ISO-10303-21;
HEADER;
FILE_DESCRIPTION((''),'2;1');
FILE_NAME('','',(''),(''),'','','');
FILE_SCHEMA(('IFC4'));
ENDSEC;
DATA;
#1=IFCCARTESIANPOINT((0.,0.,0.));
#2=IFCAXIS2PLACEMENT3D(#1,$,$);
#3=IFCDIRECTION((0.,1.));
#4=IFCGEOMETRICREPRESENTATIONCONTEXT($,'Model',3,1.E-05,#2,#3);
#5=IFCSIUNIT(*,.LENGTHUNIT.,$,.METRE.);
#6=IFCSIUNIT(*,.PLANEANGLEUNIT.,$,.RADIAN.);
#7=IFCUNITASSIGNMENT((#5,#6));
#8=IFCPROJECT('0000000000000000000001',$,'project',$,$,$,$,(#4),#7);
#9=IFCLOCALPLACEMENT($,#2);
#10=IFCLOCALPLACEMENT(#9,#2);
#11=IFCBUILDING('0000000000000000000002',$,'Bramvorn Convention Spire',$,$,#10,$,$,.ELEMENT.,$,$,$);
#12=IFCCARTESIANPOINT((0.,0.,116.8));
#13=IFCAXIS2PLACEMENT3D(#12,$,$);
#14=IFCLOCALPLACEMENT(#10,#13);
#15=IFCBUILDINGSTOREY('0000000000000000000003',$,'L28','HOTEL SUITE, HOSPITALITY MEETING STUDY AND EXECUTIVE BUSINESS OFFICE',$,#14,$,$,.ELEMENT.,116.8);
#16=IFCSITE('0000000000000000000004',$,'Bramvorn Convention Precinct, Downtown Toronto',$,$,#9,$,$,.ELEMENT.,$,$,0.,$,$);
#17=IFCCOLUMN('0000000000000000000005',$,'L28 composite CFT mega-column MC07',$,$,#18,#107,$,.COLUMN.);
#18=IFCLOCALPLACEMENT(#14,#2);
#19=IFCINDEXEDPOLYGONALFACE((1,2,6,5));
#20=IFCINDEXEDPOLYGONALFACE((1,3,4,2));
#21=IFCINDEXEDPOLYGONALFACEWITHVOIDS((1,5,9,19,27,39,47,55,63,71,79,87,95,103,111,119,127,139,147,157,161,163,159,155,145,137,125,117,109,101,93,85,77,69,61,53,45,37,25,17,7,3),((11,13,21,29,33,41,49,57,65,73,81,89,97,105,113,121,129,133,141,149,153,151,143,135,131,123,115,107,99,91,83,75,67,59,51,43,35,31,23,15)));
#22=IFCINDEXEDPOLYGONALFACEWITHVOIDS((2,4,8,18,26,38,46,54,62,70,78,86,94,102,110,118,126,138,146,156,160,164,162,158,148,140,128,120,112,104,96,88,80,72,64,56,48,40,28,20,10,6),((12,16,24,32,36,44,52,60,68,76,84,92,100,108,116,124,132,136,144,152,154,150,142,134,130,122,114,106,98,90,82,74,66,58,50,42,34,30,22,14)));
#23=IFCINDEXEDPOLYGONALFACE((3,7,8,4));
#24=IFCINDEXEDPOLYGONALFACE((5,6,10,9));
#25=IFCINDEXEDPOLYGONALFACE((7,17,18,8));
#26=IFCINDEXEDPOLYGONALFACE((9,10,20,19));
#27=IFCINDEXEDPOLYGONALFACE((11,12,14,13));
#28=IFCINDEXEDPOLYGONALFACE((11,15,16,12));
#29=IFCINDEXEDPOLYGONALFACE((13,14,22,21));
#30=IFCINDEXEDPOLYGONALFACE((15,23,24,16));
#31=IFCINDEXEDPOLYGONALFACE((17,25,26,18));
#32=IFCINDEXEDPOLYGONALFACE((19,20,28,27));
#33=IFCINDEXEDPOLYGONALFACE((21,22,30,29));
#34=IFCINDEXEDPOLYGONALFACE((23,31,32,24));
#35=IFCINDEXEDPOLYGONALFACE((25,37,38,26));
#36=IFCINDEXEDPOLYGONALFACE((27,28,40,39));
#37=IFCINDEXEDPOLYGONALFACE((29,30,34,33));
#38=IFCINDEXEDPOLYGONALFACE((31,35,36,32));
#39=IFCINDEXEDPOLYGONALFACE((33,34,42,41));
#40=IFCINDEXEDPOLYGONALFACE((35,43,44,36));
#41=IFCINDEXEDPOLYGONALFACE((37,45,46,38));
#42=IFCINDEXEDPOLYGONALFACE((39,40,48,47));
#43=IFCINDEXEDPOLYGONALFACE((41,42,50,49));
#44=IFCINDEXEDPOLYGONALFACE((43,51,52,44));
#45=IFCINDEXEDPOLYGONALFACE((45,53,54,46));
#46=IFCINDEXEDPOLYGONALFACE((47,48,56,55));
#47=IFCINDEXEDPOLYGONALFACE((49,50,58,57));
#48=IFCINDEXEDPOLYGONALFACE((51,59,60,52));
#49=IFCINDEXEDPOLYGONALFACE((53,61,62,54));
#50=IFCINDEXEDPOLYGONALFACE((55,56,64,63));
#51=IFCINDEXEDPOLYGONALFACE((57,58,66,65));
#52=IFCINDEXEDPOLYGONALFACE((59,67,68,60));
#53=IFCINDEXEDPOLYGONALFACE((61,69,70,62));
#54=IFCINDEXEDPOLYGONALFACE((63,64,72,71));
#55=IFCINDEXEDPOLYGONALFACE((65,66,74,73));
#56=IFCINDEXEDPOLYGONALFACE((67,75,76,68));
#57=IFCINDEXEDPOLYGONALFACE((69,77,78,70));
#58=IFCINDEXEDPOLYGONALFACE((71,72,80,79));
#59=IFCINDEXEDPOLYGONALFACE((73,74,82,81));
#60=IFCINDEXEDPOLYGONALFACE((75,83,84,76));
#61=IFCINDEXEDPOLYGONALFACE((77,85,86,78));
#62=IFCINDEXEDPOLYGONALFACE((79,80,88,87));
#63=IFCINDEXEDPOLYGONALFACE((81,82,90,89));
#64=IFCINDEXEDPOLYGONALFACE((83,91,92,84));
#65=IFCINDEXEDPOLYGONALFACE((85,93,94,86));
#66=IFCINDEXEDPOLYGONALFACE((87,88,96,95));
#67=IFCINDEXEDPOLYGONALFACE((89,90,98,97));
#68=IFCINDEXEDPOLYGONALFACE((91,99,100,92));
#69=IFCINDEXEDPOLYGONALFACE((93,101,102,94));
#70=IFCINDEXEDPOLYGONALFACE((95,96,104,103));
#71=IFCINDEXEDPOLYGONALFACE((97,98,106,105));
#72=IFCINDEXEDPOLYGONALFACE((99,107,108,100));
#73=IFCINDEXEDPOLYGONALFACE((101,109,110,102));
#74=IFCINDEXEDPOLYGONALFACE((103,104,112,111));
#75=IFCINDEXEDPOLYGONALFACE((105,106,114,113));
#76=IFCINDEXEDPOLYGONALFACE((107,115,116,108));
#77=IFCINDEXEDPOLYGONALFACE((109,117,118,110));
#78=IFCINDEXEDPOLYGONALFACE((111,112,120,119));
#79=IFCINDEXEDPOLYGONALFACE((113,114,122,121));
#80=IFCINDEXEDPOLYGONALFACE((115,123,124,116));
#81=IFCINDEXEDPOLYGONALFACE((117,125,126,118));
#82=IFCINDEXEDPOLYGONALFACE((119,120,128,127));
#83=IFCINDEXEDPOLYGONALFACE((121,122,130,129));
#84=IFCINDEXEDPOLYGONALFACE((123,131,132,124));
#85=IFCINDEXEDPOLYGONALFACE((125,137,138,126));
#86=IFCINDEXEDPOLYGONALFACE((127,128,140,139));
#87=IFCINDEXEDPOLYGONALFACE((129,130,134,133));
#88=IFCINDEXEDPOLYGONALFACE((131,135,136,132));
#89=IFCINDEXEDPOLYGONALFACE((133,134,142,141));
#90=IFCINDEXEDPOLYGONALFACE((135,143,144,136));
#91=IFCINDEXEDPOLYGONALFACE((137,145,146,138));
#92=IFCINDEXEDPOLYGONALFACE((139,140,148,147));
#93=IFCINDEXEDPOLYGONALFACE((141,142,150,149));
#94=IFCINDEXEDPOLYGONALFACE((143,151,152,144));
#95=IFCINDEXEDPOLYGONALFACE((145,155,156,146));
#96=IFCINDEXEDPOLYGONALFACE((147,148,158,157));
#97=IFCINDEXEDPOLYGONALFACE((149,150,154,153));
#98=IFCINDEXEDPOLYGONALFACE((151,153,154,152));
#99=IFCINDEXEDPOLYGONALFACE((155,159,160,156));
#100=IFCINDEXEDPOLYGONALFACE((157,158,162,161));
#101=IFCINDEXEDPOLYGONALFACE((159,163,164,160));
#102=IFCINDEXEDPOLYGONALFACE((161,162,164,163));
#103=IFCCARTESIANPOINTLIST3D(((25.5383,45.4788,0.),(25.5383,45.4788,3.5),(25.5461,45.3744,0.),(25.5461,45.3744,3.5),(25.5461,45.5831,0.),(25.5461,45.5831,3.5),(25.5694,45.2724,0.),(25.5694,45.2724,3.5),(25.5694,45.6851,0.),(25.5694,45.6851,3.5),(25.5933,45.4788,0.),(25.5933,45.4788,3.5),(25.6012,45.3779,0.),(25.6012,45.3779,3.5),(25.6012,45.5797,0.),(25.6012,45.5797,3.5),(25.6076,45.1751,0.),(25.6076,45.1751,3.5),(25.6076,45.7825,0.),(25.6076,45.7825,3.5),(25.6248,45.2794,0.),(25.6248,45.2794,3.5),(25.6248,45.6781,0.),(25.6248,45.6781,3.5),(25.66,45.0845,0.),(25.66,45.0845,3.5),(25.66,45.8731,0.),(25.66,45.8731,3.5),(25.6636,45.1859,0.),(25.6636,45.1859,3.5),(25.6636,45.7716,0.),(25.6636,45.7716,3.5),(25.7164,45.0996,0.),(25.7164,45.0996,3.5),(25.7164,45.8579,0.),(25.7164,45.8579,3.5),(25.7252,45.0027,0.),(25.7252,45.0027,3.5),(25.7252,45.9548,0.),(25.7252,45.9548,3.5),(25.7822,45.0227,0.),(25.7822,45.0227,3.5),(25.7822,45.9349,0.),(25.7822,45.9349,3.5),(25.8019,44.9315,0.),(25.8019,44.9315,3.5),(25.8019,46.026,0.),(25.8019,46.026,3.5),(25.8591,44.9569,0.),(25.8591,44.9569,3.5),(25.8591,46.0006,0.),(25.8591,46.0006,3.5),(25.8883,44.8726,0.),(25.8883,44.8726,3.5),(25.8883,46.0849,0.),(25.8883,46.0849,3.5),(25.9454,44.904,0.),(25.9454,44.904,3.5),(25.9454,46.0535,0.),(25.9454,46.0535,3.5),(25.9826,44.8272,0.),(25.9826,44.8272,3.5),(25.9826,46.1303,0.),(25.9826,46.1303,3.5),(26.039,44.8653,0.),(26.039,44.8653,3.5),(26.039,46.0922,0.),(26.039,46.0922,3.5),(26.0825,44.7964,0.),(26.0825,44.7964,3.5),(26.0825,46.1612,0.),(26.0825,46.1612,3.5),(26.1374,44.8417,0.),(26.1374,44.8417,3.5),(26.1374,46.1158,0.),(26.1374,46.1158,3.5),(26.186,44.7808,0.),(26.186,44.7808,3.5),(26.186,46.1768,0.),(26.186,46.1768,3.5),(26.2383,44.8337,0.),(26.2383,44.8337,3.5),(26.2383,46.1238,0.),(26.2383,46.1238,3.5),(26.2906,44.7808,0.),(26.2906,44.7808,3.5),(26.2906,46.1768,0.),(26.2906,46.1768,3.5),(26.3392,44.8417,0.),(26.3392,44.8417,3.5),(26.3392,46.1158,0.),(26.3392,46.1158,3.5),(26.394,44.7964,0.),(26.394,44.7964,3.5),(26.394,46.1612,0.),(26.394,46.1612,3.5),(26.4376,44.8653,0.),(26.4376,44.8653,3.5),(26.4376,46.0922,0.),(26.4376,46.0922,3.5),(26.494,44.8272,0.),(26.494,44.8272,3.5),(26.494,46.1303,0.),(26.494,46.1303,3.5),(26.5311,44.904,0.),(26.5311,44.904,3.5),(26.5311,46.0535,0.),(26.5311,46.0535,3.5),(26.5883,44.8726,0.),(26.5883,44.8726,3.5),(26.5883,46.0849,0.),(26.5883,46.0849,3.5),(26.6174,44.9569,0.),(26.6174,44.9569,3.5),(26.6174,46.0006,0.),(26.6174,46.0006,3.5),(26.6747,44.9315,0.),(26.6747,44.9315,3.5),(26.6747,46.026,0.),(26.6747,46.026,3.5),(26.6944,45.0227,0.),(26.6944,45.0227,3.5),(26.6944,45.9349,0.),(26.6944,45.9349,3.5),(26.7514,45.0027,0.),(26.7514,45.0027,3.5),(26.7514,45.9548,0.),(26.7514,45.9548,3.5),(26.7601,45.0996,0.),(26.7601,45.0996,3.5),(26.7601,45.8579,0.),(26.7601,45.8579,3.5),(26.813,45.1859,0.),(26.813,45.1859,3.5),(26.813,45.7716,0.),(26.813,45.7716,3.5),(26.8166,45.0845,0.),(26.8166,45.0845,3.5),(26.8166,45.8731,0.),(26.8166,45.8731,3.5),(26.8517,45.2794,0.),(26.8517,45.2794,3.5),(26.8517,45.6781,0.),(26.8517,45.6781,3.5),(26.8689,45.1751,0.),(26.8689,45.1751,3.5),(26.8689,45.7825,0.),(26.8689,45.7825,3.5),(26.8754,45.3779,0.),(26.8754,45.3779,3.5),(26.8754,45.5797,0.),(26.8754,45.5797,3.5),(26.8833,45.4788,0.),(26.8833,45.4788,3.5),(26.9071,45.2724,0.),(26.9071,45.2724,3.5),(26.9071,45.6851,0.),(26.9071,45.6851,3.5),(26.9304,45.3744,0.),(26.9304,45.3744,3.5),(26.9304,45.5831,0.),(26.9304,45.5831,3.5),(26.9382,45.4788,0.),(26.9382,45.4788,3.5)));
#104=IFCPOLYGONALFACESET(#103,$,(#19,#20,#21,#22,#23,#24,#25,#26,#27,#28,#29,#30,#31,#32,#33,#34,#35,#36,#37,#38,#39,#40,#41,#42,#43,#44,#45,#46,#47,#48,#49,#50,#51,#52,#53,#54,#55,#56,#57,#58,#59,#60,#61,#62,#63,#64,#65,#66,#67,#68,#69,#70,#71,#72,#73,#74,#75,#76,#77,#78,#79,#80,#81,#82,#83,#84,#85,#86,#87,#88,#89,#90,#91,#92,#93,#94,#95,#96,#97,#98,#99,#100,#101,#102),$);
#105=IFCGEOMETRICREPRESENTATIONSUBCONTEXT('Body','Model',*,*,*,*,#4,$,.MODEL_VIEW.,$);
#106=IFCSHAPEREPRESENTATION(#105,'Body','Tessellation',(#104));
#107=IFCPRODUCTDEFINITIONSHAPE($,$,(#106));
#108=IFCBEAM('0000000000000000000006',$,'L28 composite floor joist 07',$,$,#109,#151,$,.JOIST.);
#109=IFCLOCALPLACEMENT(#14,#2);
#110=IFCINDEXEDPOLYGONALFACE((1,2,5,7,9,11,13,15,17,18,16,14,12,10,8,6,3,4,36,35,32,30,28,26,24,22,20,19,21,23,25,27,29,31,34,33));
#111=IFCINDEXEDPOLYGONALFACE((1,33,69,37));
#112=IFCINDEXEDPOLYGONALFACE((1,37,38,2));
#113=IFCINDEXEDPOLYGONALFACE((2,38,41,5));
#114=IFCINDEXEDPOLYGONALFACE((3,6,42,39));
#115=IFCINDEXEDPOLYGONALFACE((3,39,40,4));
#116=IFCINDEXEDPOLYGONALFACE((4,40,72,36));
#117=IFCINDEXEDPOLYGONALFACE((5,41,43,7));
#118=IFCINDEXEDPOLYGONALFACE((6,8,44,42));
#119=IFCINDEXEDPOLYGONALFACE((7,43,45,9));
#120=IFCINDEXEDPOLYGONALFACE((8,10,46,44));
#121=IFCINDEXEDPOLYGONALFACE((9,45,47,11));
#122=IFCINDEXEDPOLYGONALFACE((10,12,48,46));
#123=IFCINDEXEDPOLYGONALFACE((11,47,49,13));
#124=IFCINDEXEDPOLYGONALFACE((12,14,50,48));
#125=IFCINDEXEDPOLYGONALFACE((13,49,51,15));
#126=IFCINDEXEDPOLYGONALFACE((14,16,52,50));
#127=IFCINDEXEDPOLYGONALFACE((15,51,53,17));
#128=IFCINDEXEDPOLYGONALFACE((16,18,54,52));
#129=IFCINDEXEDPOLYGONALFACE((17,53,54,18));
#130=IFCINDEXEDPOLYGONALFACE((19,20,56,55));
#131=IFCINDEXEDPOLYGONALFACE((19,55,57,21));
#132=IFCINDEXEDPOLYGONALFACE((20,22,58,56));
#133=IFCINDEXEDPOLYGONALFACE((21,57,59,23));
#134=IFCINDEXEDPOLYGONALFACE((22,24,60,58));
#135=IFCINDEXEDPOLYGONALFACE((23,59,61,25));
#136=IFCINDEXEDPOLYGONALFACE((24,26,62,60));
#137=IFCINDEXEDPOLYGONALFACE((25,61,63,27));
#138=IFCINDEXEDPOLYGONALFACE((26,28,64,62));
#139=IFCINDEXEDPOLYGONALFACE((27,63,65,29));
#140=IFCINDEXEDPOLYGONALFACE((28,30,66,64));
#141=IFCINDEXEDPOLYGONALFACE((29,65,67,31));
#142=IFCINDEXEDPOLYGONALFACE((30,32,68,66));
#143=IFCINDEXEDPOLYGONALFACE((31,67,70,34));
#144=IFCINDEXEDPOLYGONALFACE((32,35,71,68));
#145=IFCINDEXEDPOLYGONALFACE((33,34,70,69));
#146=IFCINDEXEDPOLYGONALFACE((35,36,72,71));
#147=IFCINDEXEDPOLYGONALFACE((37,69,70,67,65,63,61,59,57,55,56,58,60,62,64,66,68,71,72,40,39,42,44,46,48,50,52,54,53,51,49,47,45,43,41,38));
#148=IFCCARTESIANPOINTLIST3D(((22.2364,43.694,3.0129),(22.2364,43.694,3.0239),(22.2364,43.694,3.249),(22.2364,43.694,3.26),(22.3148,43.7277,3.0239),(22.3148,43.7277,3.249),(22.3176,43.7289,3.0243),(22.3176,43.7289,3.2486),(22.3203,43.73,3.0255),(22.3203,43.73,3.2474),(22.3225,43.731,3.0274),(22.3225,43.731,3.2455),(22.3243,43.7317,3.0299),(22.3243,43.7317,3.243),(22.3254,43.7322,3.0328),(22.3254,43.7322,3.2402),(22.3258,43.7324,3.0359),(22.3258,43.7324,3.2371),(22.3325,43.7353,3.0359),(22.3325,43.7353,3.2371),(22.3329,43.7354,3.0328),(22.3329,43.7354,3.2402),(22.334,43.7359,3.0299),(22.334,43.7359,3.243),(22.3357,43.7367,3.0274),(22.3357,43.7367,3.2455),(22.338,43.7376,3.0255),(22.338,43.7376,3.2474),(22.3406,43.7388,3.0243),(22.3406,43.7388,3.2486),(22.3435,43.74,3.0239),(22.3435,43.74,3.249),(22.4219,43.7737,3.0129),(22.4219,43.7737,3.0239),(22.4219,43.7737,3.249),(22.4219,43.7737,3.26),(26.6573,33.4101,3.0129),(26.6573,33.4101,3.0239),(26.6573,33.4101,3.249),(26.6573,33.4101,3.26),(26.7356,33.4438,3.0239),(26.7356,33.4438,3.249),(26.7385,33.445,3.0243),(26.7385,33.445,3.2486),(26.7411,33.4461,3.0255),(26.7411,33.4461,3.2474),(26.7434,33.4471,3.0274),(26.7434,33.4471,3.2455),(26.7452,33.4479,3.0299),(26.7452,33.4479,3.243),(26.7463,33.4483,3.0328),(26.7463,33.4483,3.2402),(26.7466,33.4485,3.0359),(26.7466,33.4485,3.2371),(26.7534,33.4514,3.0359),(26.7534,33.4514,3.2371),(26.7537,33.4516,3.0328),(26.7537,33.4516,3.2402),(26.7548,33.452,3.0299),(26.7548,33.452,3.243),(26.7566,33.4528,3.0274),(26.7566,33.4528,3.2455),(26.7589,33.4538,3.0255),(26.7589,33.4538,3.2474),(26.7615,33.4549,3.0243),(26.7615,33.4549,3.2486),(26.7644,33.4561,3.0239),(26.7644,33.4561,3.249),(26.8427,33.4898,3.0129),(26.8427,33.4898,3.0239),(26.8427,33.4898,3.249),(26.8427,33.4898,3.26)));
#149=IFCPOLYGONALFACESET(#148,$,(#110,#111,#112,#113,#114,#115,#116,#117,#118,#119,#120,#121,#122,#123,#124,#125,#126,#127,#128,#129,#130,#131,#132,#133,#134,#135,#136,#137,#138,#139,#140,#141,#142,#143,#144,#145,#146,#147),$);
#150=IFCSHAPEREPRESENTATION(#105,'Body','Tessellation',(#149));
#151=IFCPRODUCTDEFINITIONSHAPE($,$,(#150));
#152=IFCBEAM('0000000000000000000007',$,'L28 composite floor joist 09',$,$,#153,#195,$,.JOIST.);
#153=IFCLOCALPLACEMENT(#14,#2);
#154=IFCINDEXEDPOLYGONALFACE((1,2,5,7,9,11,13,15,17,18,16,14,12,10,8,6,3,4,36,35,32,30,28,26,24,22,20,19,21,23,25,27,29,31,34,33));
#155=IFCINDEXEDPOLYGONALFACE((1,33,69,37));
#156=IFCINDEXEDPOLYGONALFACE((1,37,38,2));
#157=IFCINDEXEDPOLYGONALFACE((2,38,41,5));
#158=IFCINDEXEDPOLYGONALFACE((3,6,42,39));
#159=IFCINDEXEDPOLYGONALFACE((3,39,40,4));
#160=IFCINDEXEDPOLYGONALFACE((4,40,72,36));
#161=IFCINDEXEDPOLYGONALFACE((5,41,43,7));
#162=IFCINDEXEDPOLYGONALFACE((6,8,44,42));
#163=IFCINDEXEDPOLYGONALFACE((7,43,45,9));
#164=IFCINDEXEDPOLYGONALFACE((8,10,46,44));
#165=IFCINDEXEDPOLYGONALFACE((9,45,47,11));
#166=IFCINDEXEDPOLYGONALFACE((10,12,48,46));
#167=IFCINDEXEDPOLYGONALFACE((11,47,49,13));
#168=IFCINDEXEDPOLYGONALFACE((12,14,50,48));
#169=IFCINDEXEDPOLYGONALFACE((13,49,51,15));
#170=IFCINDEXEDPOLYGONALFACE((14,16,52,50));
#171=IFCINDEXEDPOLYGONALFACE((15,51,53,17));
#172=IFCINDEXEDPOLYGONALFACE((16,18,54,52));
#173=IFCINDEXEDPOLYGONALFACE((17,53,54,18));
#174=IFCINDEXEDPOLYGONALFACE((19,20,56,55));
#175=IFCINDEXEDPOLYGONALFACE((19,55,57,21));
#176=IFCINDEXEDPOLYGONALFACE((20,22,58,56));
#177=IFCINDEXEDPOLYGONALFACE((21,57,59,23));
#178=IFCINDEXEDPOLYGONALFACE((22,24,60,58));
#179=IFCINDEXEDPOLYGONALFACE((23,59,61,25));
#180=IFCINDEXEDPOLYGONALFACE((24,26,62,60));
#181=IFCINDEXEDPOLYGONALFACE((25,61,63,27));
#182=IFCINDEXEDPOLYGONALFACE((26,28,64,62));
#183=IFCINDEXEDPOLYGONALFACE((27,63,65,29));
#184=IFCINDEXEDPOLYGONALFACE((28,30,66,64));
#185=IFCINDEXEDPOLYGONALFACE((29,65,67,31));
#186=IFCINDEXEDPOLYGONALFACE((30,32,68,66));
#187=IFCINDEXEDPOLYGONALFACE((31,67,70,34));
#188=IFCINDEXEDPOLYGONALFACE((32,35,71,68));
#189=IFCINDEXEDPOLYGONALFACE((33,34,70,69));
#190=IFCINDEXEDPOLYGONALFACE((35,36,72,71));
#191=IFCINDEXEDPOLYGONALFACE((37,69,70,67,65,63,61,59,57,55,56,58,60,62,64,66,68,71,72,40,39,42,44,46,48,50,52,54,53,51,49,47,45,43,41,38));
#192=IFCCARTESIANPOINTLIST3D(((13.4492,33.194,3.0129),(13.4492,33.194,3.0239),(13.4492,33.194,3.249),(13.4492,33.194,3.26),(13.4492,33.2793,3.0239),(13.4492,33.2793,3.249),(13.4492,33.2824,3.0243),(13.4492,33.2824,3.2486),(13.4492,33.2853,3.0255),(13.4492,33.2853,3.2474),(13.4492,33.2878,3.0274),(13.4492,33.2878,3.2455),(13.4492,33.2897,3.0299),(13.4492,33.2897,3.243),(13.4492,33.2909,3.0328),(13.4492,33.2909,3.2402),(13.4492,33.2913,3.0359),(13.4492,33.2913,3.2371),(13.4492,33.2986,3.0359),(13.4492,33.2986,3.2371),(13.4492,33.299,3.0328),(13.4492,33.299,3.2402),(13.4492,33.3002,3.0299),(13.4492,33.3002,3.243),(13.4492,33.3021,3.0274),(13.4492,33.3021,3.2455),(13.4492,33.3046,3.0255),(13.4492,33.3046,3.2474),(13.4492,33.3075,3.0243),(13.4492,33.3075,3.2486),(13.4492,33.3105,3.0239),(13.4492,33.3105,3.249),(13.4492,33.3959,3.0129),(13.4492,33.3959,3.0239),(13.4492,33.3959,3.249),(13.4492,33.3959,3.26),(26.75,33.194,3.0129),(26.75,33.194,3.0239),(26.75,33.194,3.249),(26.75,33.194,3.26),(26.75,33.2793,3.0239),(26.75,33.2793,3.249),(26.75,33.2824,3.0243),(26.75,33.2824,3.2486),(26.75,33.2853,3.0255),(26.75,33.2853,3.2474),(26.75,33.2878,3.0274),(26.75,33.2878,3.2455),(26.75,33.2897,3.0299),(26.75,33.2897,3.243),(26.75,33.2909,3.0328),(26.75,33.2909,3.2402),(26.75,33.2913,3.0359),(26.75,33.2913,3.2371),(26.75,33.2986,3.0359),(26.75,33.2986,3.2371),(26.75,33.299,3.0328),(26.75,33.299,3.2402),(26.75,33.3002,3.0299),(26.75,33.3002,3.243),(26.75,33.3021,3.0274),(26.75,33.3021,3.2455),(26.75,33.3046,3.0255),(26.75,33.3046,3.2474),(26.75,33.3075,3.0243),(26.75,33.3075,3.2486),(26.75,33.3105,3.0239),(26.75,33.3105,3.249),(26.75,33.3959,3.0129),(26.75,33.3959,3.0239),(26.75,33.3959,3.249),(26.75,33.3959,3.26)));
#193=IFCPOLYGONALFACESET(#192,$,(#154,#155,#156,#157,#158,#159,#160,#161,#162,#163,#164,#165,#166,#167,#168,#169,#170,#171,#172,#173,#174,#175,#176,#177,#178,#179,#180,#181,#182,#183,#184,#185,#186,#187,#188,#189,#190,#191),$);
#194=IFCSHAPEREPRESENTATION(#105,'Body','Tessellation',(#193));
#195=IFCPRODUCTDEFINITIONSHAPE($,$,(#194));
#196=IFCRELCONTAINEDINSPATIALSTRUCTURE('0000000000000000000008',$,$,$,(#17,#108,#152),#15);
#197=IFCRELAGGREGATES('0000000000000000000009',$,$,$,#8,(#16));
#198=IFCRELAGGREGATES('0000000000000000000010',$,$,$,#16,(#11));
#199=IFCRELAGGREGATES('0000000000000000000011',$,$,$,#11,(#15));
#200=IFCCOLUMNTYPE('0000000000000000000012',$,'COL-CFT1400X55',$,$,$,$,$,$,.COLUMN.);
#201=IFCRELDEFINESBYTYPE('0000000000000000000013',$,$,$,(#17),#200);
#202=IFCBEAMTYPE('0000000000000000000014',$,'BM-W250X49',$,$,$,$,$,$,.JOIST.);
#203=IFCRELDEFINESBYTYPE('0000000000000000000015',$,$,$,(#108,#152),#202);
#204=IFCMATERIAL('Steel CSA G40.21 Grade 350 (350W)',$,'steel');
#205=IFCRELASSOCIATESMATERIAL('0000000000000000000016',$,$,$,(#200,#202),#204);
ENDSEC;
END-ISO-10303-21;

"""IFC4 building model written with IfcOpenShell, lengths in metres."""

from ifc_helpers import new_model, si_unit, direction, frame, origin, origin_2d, place, context, subcontext, project, spatial, hollow_circle, i_section, extrude, material, material_profile, profile_set, type_object, element, save


model = new_model("IFC4")

# Units and contexts
model_context = context("Model", 3, precision=1e-05, world=origin(), true_north=direction((0.0, 1.0)))
body_context = subcontext(model_context, "Body", "Model", "MODEL_VIEW")
ifc_project = project(units=[si_unit("LENGTHUNIT", "METRE"), si_unit("PLANEANGLEUNIT", "RADIAN")], contexts=[model_context])

# Site, building, storey
site_placement = place(None, origin())
site = spatial("IfcSite", under=ifc_project, at=site_placement, Name="Bramvorn Convention Precinct, Downtown Toronto", CompositionType="ELEMENT", RefElevation=0.0)
building_placement = place(site_placement, origin())
building = spatial("IfcBuilding", under=site, at=building_placement, Name="Bramvorn Convention Spire", CompositionType="ELEMENT")
storey_placement = place(building_placement, frame((0.0, 0.0, 116.8)))
storey = spatial("IfcBuildingStorey", under=building, at=storey_placement, Name="L28", Description="HOTEL SUITE, HOSPITALITY MEETING STUDY AND EXECUTIVE BUSINESS OFFICE", CompositionType="ELEMENT", Elevation=116.8)

# Column
ifc_material_1 = material(Name="Steel CSA G40.21 Grade 350 (350W)", Category="steel")
ifc_material_profile_1 = material_profile(ifc_material_1, hollow_circle(Radius=0.7, WallThickness=0.0549, at=origin_2d()))
ifc_profile_set_1 = profile_set([ifc_material_profile_1], Name="Steel CSA G40.21 Grade 350 (350W) - CFT1400X55")
column_type = type_object("IfcColumnType", Name="COL-CFT1400X55", PredefinedType="COLUMN", material=ifc_profile_set_1)
column_placement = place(storey_placement, frame((26.2383, 45.4788, 0.0), z_axis=(0.0, 0.0, 1.0), x_axis=(1.0, 0.0, 0.0)))
element("IfcColumn", 1, at=column_placement, inside=storey, type_object=column_type, Name="L28 composite CFT mega-column MC07", PredefinedType="COLUMN", context=body_context, shape_type="SweptSolid", body=[
    extrude(hollow_circle(Radius=0.7, WallThickness=0.0549, at=origin_2d()), origin(), (0.0, 0.0, 1.0), 3.5),
])

# Beams
ifc_material_profile_2 = material_profile(ifc_material_1, i_section(OverallWidth=0.2019, OverallDepth=0.2471, WebThickness=0.0073, FlangeThickness=0.011, FilletRadius=0.012, at=origin_2d()))
ifc_profile_set_2 = profile_set([ifc_material_profile_2], Name="Steel CSA G40.21 Grade 350 (350W) - W250X49")
beam_type_1 = type_object("IfcBeamType", Name="BM-W250X49", PredefinedType="JOIST", material=ifc_profile_set_2)
beam_1_placement = place(storey_placement, frame((26.75, 33.45, 3.1365), z_axis=(-0.394938, 0.918708, 0.0), x_axis=(-0.918708, -0.394938, 0.0)))
element("IfcBeam", 2, at=beam_1_placement, inside=storey, type_object=beam_type_1, Name="L28 composite floor joist 07", PredefinedType="JOIST", context=body_context, shape_type="SweptSolid", body=[
    extrude(i_section(OverallWidth=0.2019, OverallDepth=0.2471, WebThickness=0.0073, FlangeThickness=0.011, FilletRadius=0.012, at=origin_2d()), origin(), (0.0, 0.0, 1.0), 11.1938),
])
beam_2_placement = place(storey_placement, frame((26.75, 33.2949, 3.1365), z_axis=(-1.0, 0.0, 0.0), x_axis=(0.0, -1.0, 0.0)))
element("IfcBeam", 3, at=beam_2_placement, inside=storey, type_object=beam_type_1, Name="L28 composite floor joist 09", PredefinedType="JOIST", context=body_context, shape_type="SweptSolid", body=[
    extrude(i_section(OverallWidth=0.2019, OverallDepth=0.2471, WebThickness=0.0073, FlangeThickness=0.011, FilletRadius=0.012, at=origin_2d()), origin(), (0.0, 0.0, 1.0), 13.3008),
])

save(model, "model.ifc")
